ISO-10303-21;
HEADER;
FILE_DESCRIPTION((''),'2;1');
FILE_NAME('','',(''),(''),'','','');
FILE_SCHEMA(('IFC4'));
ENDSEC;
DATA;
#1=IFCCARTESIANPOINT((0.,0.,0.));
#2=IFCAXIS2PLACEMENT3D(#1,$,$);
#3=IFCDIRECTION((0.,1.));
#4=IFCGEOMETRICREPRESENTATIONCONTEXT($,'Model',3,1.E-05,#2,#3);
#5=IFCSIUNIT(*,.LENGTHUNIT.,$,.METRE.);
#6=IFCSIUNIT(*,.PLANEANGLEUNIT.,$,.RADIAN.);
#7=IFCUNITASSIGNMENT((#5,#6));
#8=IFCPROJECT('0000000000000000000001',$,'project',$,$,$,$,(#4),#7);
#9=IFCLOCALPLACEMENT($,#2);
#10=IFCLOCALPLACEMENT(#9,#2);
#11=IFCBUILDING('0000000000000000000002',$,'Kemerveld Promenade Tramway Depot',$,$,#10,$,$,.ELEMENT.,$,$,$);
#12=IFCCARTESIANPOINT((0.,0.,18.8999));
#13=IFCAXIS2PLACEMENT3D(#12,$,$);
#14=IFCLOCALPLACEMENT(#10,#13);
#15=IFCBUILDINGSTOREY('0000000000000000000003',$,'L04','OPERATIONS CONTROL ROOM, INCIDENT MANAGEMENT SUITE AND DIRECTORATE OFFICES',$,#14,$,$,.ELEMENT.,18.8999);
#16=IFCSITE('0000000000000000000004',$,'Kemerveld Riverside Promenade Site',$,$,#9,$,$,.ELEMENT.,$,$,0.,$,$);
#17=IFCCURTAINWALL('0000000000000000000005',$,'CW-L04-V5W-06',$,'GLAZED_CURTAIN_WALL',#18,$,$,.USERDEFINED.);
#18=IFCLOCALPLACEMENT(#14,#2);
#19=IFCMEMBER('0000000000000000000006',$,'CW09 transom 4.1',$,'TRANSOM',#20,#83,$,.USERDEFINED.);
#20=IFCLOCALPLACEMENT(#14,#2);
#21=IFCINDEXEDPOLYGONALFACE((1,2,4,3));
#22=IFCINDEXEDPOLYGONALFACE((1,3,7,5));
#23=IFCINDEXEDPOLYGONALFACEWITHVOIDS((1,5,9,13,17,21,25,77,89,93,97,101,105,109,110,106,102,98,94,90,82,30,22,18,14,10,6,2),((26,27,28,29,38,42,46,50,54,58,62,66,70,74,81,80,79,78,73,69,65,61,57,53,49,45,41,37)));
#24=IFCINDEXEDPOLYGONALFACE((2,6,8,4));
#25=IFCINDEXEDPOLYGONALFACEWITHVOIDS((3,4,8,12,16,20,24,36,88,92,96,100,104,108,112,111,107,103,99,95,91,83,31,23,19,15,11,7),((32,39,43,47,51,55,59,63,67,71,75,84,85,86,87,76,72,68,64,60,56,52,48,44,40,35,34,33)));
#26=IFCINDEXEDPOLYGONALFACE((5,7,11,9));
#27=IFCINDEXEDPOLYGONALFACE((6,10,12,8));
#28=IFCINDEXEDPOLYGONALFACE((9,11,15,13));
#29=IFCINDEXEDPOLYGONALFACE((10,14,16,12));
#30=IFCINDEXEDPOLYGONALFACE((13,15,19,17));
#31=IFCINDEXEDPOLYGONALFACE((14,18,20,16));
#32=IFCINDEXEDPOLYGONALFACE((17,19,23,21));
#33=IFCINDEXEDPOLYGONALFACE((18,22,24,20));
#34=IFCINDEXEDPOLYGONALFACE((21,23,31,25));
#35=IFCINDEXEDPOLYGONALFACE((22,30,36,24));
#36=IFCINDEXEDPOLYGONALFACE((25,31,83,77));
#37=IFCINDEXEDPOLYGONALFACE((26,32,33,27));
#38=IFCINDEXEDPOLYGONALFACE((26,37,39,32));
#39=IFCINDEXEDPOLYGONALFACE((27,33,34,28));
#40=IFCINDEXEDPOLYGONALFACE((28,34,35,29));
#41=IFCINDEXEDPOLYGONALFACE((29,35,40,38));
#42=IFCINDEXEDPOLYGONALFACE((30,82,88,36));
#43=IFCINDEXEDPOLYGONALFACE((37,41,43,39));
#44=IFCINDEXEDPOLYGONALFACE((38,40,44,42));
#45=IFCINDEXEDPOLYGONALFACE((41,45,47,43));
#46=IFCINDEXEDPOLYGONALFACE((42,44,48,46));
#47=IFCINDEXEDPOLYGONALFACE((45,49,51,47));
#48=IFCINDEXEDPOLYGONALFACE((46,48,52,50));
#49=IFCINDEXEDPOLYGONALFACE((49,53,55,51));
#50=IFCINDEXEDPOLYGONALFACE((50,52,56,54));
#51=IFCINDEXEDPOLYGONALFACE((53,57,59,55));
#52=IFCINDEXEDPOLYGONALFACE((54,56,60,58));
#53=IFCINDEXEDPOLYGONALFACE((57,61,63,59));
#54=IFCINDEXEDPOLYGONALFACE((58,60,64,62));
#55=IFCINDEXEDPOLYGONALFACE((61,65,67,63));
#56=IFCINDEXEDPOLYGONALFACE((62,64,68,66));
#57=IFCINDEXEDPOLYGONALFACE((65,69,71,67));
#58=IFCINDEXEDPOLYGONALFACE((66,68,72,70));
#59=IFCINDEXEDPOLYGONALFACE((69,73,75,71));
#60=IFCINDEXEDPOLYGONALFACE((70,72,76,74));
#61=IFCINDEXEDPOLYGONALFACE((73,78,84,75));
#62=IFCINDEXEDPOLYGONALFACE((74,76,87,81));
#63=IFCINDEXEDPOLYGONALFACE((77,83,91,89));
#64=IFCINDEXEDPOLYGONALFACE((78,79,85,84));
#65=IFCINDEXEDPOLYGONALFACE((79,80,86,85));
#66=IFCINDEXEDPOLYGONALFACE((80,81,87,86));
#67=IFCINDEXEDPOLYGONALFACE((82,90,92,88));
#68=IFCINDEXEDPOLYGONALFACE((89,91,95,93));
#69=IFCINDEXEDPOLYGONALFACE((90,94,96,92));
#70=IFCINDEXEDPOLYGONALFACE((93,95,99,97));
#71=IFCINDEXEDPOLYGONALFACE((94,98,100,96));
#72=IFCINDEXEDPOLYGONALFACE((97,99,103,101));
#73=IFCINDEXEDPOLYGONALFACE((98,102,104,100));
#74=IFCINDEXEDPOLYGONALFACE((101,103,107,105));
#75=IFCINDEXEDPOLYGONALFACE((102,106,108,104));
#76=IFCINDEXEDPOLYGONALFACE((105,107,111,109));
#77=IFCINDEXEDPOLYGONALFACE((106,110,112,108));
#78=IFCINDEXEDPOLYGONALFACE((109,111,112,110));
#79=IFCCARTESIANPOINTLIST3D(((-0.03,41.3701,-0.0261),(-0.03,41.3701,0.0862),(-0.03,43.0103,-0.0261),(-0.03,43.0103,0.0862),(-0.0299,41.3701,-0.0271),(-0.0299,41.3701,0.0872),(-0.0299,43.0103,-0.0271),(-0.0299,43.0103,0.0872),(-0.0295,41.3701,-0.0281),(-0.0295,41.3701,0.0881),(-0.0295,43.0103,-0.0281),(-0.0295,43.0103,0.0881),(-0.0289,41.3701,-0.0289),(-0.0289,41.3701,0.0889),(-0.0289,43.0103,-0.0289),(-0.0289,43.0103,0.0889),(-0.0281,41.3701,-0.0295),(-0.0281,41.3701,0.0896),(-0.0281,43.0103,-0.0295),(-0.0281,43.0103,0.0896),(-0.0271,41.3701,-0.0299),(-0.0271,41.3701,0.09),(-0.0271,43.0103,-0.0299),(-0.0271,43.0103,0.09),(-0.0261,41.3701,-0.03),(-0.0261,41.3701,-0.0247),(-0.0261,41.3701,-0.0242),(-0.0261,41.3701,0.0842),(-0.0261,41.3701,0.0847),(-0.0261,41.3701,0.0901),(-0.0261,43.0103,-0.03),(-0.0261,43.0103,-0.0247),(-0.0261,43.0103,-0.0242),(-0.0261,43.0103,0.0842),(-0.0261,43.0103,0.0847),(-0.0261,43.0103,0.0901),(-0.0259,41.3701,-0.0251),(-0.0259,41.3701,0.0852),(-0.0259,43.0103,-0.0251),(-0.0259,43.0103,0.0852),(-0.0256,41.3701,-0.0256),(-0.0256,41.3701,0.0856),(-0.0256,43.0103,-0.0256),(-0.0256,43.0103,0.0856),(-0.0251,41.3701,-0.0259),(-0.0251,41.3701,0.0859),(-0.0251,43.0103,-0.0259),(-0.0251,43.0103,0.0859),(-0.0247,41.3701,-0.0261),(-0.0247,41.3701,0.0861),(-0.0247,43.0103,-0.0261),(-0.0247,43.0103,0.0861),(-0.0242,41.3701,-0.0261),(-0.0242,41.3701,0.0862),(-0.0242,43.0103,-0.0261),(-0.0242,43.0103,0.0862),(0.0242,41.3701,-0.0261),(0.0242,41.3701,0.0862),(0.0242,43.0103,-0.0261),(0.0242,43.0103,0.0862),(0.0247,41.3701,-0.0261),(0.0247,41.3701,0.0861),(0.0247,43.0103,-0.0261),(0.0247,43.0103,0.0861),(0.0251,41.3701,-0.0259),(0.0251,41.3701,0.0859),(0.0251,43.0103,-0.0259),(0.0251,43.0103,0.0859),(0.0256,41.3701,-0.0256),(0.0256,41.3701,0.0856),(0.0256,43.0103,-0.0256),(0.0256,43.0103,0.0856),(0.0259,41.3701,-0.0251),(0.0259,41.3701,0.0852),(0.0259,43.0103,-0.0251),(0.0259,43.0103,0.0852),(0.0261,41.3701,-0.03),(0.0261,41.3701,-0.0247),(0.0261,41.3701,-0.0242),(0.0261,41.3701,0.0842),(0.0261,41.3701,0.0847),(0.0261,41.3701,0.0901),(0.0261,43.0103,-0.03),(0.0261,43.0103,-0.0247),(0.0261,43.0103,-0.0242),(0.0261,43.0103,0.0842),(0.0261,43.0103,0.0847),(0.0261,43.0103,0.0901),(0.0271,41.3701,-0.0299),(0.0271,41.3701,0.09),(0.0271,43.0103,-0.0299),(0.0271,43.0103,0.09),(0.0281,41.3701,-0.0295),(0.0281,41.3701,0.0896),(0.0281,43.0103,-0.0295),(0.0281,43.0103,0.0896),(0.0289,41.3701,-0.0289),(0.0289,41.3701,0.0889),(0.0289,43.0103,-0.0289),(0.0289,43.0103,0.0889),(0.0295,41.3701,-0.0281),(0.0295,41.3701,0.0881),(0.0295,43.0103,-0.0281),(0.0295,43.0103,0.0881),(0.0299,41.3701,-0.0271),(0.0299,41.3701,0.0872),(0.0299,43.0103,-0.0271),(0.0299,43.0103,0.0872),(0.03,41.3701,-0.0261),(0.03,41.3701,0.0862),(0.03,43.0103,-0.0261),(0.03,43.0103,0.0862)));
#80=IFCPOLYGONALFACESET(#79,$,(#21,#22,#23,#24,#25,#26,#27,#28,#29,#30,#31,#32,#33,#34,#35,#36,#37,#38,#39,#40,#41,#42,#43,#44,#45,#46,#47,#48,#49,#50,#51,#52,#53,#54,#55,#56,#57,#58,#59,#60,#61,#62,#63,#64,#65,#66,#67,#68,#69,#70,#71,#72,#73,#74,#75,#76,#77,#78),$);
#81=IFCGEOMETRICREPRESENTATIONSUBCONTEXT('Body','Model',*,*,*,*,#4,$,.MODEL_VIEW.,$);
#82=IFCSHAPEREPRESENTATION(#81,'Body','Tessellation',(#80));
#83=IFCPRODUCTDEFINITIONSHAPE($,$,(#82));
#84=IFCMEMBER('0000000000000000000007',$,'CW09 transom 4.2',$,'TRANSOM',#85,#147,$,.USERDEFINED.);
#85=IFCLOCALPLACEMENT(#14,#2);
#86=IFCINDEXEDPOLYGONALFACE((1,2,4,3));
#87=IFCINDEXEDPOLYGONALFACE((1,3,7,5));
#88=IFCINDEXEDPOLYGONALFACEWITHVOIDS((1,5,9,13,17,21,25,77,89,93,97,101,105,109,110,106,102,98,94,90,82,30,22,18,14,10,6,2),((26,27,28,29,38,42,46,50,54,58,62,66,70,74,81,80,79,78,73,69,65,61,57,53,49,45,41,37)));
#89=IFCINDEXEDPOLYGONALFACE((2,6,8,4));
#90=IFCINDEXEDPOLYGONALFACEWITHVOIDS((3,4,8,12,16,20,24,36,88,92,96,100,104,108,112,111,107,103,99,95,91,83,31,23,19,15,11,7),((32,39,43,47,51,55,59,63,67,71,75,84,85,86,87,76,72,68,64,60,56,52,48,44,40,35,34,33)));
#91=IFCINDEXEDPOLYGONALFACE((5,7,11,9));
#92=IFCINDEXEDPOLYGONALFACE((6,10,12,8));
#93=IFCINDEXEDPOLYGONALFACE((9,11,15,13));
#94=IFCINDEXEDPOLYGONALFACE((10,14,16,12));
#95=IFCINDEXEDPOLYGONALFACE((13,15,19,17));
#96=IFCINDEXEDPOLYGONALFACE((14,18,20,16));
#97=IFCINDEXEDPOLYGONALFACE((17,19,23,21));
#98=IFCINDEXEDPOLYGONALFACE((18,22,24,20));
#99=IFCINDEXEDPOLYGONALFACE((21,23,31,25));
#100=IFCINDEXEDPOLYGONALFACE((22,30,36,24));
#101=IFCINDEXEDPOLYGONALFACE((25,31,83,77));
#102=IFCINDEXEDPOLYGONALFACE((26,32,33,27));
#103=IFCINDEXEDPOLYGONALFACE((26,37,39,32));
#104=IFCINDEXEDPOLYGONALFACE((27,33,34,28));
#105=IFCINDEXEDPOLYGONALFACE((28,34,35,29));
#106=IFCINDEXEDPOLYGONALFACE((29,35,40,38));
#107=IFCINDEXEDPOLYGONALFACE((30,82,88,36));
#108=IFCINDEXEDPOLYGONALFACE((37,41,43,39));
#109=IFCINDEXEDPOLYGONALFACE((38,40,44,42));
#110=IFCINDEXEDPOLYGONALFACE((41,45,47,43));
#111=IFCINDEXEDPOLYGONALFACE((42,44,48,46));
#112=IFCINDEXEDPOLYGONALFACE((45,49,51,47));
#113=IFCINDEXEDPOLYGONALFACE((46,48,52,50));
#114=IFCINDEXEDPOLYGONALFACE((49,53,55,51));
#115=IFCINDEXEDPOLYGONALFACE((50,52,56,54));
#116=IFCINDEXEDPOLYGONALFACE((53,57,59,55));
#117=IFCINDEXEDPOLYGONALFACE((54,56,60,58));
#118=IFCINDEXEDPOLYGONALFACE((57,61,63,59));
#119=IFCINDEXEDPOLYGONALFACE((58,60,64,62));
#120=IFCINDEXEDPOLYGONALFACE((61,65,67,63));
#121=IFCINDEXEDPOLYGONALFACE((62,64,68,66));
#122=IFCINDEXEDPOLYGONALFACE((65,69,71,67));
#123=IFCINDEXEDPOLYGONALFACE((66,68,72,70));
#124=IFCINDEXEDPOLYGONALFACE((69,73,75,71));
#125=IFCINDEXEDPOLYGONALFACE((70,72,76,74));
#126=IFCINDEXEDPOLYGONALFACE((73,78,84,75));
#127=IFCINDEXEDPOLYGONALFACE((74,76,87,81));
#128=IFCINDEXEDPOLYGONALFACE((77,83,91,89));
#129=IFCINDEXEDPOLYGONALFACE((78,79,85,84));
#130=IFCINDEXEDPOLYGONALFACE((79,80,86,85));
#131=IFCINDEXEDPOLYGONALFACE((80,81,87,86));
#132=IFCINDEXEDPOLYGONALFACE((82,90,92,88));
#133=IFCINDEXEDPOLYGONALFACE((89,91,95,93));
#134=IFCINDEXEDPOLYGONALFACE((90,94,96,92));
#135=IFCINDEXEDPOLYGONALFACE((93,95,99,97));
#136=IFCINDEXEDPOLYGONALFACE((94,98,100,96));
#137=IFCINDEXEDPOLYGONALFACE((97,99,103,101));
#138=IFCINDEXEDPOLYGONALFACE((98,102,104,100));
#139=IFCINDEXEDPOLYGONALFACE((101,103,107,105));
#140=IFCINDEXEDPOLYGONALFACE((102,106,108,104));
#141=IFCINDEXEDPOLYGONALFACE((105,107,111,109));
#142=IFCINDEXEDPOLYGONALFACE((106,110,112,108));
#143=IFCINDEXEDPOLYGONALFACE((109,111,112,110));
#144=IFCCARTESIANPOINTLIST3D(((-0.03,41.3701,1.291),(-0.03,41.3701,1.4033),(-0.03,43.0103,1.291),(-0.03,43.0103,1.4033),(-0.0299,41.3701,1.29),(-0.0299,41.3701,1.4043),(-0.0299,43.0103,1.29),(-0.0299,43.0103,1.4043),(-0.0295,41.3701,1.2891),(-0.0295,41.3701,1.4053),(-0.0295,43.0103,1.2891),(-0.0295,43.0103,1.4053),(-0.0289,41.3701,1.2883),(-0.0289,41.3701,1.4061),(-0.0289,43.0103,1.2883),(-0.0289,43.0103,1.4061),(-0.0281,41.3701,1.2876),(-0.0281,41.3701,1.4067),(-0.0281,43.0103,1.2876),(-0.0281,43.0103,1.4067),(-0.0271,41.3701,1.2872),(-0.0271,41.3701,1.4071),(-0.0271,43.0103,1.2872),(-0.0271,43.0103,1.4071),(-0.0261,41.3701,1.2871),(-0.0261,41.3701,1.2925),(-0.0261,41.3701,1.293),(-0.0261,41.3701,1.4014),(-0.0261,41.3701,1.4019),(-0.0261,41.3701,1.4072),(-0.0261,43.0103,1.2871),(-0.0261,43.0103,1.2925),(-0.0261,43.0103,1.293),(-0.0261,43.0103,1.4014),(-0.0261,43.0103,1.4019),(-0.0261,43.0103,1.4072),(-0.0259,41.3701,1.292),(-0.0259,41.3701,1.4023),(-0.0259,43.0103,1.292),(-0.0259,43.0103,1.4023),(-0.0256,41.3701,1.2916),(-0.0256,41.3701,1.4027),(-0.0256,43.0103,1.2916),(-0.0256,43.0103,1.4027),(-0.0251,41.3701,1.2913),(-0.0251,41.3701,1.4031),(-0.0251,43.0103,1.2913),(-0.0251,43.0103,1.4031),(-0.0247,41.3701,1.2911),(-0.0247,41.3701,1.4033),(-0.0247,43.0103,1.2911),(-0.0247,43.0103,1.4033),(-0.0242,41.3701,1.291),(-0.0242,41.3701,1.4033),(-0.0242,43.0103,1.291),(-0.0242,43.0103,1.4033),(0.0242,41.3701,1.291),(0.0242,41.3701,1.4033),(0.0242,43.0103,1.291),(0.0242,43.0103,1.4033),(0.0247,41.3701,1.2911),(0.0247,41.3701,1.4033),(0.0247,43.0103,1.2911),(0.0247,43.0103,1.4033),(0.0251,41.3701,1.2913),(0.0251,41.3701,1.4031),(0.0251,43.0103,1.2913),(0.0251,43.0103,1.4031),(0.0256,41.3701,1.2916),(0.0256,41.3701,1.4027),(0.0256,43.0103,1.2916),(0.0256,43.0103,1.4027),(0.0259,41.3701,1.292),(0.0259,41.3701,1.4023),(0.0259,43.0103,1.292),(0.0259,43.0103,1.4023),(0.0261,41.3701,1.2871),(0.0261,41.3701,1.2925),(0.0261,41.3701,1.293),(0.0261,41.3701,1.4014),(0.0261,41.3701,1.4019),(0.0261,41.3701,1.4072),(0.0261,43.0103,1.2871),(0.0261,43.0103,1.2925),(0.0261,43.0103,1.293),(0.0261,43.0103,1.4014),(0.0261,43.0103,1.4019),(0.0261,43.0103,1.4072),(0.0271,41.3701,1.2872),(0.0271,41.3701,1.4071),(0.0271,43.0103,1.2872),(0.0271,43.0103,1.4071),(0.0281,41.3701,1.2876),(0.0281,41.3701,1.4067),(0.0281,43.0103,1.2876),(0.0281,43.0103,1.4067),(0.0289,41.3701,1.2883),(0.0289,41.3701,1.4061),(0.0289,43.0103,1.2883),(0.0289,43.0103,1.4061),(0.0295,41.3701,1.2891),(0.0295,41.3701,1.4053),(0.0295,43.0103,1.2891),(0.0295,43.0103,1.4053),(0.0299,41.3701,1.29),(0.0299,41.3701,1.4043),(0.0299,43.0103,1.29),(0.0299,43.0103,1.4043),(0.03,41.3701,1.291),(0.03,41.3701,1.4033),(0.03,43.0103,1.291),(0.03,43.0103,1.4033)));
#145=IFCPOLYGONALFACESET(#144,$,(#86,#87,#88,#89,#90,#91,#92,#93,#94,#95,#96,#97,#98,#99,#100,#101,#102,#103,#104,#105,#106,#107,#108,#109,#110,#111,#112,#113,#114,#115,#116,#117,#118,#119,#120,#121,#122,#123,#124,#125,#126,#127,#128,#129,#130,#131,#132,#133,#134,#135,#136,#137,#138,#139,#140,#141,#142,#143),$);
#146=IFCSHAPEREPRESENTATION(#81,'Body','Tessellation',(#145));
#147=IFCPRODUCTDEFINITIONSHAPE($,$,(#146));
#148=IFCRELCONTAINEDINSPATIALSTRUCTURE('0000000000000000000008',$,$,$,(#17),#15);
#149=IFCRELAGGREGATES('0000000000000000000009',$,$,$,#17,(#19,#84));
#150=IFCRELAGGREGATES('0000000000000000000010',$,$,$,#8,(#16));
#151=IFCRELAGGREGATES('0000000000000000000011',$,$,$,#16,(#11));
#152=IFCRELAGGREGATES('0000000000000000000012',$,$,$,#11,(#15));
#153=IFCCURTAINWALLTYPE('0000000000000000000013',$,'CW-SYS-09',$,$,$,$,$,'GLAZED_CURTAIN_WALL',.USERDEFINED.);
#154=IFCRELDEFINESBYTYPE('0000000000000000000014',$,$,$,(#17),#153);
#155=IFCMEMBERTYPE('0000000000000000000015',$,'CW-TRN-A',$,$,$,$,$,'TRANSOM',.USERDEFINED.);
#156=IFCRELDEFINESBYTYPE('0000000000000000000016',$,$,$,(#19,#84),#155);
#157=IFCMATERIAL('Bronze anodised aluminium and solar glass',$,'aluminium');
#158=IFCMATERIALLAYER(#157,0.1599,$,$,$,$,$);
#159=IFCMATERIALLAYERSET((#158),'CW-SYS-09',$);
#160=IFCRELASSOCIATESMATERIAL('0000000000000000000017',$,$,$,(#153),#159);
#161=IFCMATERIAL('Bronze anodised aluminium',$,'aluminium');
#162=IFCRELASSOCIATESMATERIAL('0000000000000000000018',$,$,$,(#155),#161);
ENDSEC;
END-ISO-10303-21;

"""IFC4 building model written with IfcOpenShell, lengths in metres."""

from ifc_helpers import new_model, si_unit, direction, frame, origin, origin_2d, place, context, subcontext, project, spatial, hollow_rectangle, extrude, material, layer, layer_set, material_profile, profile_set, type_object, element, aggregate, save


model = new_model("IFC4")

# Units and contexts
model_context = context("Model", 3, precision=1e-05, world=origin(), true_north=direction((0.0, 1.0)))
body_context = subcontext(model_context, "Body", "Model", "MODEL_VIEW")
ifc_project = project(units=[si_unit("LENGTHUNIT", "METRE"), si_unit("PLANEANGLEUNIT", "RADIAN")], contexts=[model_context])

# Site, building, storey
site_placement = place(None, origin())
site = spatial("IfcSite", under=ifc_project, at=site_placement, Name="Kemerveld Riverside Promenade Site", CompositionType="ELEMENT", RefElevation=0.0)
building_placement = place(site_placement, origin())
building = spatial("IfcBuilding", under=site, at=building_placement, Name="Kemerveld Promenade Tramway Depot", CompositionType="ELEMENT")
storey_placement = place(building_placement, frame((0.0, 0.0, 18.8999)))
storey = spatial("IfcBuildingStorey", under=building, at=storey_placement, Name="L04", Description="OPERATIONS CONTROL ROOM, INCIDENT MANAGEMENT SUITE AND DIRECTORATE OFFICES", CompositionType="ELEMENT", Elevation=18.8999)

# Curtain wall, members
ifc_material_1 = material(Name="Bronze anodised aluminium and solar glass", Category="aluminium")
ifc_layer_1 = layer(ifc_material_1, 0.1599)
ifc_layer_set_1 = layer_set([ifc_layer_1], Name="CW-SYS-09")
curtain_wall_type = type_object("IfcCurtainWallType", Name="CW-SYS-09", ElementType="GLAZED_CURTAIN_WALL", PredefinedType="USERDEFINED", material=ifc_layer_set_1)
curtain_wall_placement = place(storey_placement, origin())
curtain_wall = element("IfcCurtainWall", 1, at=curtain_wall_placement, inside=storey, type_object=curtain_wall_type, Name="CW-L04-V5W-06", ObjectType="GLAZED_CURTAIN_WALL", PredefinedType="USERDEFINED")
ifc_material_2 = material(Name="Bronze anodised aluminium", Category="aluminium")
ifc_material_profile_1 = material_profile(ifc_material_2, hollow_rectangle(XDim=0.0601, YDim=0.1201, WallThickness=0.0039, InnerFilletRadius=0.002, OuterFilletRadius=0.0039, at=origin_2d()), Name="CW-TRN-120x60")
ifc_profile_set_1 = profile_set([ifc_material_profile_1], Name="Bronze anodised aluminium")
member_type_1 = type_object("IfcMemberType", Name="CW-TRN-A", ElementType="TRANSOM", PredefinedType="USERDEFINED", material=ifc_profile_set_1)
member_1_placement = place(storey_placement, frame((0.0, 41.3701, 0.03), z_axis=(0.0, 1.0, 0.0), x_axis=(-1.0, 0.0, 0.0)))
member_1 = element("IfcMember", 2, at=member_1_placement, type_object=member_type_1, Name="CW09 transom 4.1", ObjectType="TRANSOM", PredefinedType="USERDEFINED", context=body_context, shape_type="SweptSolid", body=[
    extrude(hollow_rectangle(XDim=0.0601, YDim=0.1201, WallThickness=0.0039, InnerFilletRadius=0.002, OuterFilletRadius=0.0039, at=origin_2d()), origin(), (0.0, 0.0, 1.0), 1.6401),
])
member_2_placement = place(storey_placement, frame((0.0, 41.3701, 1.3472), z_axis=(0.0, 1.0, 0.0), x_axis=(-1.0, 0.0, 0.0)))
member_2 = element("IfcMember", 3, at=member_2_placement, type_object=member_type_1, Name="CW09 transom 4.2", ObjectType="TRANSOM", PredefinedType="USERDEFINED", context=body_context, shape_type="SweptSolid", body=[
    extrude(hollow_rectangle(XDim=0.0601, YDim=0.1201, WallThickness=0.0039, InnerFilletRadius=0.002, OuterFilletRadius=0.0039, at=origin_2d()), origin(), (0.0, 0.0, 1.0), 1.6401),
])
aggregate(curtain_wall, [member_1, member_2])

save(model, "model.ifc")
